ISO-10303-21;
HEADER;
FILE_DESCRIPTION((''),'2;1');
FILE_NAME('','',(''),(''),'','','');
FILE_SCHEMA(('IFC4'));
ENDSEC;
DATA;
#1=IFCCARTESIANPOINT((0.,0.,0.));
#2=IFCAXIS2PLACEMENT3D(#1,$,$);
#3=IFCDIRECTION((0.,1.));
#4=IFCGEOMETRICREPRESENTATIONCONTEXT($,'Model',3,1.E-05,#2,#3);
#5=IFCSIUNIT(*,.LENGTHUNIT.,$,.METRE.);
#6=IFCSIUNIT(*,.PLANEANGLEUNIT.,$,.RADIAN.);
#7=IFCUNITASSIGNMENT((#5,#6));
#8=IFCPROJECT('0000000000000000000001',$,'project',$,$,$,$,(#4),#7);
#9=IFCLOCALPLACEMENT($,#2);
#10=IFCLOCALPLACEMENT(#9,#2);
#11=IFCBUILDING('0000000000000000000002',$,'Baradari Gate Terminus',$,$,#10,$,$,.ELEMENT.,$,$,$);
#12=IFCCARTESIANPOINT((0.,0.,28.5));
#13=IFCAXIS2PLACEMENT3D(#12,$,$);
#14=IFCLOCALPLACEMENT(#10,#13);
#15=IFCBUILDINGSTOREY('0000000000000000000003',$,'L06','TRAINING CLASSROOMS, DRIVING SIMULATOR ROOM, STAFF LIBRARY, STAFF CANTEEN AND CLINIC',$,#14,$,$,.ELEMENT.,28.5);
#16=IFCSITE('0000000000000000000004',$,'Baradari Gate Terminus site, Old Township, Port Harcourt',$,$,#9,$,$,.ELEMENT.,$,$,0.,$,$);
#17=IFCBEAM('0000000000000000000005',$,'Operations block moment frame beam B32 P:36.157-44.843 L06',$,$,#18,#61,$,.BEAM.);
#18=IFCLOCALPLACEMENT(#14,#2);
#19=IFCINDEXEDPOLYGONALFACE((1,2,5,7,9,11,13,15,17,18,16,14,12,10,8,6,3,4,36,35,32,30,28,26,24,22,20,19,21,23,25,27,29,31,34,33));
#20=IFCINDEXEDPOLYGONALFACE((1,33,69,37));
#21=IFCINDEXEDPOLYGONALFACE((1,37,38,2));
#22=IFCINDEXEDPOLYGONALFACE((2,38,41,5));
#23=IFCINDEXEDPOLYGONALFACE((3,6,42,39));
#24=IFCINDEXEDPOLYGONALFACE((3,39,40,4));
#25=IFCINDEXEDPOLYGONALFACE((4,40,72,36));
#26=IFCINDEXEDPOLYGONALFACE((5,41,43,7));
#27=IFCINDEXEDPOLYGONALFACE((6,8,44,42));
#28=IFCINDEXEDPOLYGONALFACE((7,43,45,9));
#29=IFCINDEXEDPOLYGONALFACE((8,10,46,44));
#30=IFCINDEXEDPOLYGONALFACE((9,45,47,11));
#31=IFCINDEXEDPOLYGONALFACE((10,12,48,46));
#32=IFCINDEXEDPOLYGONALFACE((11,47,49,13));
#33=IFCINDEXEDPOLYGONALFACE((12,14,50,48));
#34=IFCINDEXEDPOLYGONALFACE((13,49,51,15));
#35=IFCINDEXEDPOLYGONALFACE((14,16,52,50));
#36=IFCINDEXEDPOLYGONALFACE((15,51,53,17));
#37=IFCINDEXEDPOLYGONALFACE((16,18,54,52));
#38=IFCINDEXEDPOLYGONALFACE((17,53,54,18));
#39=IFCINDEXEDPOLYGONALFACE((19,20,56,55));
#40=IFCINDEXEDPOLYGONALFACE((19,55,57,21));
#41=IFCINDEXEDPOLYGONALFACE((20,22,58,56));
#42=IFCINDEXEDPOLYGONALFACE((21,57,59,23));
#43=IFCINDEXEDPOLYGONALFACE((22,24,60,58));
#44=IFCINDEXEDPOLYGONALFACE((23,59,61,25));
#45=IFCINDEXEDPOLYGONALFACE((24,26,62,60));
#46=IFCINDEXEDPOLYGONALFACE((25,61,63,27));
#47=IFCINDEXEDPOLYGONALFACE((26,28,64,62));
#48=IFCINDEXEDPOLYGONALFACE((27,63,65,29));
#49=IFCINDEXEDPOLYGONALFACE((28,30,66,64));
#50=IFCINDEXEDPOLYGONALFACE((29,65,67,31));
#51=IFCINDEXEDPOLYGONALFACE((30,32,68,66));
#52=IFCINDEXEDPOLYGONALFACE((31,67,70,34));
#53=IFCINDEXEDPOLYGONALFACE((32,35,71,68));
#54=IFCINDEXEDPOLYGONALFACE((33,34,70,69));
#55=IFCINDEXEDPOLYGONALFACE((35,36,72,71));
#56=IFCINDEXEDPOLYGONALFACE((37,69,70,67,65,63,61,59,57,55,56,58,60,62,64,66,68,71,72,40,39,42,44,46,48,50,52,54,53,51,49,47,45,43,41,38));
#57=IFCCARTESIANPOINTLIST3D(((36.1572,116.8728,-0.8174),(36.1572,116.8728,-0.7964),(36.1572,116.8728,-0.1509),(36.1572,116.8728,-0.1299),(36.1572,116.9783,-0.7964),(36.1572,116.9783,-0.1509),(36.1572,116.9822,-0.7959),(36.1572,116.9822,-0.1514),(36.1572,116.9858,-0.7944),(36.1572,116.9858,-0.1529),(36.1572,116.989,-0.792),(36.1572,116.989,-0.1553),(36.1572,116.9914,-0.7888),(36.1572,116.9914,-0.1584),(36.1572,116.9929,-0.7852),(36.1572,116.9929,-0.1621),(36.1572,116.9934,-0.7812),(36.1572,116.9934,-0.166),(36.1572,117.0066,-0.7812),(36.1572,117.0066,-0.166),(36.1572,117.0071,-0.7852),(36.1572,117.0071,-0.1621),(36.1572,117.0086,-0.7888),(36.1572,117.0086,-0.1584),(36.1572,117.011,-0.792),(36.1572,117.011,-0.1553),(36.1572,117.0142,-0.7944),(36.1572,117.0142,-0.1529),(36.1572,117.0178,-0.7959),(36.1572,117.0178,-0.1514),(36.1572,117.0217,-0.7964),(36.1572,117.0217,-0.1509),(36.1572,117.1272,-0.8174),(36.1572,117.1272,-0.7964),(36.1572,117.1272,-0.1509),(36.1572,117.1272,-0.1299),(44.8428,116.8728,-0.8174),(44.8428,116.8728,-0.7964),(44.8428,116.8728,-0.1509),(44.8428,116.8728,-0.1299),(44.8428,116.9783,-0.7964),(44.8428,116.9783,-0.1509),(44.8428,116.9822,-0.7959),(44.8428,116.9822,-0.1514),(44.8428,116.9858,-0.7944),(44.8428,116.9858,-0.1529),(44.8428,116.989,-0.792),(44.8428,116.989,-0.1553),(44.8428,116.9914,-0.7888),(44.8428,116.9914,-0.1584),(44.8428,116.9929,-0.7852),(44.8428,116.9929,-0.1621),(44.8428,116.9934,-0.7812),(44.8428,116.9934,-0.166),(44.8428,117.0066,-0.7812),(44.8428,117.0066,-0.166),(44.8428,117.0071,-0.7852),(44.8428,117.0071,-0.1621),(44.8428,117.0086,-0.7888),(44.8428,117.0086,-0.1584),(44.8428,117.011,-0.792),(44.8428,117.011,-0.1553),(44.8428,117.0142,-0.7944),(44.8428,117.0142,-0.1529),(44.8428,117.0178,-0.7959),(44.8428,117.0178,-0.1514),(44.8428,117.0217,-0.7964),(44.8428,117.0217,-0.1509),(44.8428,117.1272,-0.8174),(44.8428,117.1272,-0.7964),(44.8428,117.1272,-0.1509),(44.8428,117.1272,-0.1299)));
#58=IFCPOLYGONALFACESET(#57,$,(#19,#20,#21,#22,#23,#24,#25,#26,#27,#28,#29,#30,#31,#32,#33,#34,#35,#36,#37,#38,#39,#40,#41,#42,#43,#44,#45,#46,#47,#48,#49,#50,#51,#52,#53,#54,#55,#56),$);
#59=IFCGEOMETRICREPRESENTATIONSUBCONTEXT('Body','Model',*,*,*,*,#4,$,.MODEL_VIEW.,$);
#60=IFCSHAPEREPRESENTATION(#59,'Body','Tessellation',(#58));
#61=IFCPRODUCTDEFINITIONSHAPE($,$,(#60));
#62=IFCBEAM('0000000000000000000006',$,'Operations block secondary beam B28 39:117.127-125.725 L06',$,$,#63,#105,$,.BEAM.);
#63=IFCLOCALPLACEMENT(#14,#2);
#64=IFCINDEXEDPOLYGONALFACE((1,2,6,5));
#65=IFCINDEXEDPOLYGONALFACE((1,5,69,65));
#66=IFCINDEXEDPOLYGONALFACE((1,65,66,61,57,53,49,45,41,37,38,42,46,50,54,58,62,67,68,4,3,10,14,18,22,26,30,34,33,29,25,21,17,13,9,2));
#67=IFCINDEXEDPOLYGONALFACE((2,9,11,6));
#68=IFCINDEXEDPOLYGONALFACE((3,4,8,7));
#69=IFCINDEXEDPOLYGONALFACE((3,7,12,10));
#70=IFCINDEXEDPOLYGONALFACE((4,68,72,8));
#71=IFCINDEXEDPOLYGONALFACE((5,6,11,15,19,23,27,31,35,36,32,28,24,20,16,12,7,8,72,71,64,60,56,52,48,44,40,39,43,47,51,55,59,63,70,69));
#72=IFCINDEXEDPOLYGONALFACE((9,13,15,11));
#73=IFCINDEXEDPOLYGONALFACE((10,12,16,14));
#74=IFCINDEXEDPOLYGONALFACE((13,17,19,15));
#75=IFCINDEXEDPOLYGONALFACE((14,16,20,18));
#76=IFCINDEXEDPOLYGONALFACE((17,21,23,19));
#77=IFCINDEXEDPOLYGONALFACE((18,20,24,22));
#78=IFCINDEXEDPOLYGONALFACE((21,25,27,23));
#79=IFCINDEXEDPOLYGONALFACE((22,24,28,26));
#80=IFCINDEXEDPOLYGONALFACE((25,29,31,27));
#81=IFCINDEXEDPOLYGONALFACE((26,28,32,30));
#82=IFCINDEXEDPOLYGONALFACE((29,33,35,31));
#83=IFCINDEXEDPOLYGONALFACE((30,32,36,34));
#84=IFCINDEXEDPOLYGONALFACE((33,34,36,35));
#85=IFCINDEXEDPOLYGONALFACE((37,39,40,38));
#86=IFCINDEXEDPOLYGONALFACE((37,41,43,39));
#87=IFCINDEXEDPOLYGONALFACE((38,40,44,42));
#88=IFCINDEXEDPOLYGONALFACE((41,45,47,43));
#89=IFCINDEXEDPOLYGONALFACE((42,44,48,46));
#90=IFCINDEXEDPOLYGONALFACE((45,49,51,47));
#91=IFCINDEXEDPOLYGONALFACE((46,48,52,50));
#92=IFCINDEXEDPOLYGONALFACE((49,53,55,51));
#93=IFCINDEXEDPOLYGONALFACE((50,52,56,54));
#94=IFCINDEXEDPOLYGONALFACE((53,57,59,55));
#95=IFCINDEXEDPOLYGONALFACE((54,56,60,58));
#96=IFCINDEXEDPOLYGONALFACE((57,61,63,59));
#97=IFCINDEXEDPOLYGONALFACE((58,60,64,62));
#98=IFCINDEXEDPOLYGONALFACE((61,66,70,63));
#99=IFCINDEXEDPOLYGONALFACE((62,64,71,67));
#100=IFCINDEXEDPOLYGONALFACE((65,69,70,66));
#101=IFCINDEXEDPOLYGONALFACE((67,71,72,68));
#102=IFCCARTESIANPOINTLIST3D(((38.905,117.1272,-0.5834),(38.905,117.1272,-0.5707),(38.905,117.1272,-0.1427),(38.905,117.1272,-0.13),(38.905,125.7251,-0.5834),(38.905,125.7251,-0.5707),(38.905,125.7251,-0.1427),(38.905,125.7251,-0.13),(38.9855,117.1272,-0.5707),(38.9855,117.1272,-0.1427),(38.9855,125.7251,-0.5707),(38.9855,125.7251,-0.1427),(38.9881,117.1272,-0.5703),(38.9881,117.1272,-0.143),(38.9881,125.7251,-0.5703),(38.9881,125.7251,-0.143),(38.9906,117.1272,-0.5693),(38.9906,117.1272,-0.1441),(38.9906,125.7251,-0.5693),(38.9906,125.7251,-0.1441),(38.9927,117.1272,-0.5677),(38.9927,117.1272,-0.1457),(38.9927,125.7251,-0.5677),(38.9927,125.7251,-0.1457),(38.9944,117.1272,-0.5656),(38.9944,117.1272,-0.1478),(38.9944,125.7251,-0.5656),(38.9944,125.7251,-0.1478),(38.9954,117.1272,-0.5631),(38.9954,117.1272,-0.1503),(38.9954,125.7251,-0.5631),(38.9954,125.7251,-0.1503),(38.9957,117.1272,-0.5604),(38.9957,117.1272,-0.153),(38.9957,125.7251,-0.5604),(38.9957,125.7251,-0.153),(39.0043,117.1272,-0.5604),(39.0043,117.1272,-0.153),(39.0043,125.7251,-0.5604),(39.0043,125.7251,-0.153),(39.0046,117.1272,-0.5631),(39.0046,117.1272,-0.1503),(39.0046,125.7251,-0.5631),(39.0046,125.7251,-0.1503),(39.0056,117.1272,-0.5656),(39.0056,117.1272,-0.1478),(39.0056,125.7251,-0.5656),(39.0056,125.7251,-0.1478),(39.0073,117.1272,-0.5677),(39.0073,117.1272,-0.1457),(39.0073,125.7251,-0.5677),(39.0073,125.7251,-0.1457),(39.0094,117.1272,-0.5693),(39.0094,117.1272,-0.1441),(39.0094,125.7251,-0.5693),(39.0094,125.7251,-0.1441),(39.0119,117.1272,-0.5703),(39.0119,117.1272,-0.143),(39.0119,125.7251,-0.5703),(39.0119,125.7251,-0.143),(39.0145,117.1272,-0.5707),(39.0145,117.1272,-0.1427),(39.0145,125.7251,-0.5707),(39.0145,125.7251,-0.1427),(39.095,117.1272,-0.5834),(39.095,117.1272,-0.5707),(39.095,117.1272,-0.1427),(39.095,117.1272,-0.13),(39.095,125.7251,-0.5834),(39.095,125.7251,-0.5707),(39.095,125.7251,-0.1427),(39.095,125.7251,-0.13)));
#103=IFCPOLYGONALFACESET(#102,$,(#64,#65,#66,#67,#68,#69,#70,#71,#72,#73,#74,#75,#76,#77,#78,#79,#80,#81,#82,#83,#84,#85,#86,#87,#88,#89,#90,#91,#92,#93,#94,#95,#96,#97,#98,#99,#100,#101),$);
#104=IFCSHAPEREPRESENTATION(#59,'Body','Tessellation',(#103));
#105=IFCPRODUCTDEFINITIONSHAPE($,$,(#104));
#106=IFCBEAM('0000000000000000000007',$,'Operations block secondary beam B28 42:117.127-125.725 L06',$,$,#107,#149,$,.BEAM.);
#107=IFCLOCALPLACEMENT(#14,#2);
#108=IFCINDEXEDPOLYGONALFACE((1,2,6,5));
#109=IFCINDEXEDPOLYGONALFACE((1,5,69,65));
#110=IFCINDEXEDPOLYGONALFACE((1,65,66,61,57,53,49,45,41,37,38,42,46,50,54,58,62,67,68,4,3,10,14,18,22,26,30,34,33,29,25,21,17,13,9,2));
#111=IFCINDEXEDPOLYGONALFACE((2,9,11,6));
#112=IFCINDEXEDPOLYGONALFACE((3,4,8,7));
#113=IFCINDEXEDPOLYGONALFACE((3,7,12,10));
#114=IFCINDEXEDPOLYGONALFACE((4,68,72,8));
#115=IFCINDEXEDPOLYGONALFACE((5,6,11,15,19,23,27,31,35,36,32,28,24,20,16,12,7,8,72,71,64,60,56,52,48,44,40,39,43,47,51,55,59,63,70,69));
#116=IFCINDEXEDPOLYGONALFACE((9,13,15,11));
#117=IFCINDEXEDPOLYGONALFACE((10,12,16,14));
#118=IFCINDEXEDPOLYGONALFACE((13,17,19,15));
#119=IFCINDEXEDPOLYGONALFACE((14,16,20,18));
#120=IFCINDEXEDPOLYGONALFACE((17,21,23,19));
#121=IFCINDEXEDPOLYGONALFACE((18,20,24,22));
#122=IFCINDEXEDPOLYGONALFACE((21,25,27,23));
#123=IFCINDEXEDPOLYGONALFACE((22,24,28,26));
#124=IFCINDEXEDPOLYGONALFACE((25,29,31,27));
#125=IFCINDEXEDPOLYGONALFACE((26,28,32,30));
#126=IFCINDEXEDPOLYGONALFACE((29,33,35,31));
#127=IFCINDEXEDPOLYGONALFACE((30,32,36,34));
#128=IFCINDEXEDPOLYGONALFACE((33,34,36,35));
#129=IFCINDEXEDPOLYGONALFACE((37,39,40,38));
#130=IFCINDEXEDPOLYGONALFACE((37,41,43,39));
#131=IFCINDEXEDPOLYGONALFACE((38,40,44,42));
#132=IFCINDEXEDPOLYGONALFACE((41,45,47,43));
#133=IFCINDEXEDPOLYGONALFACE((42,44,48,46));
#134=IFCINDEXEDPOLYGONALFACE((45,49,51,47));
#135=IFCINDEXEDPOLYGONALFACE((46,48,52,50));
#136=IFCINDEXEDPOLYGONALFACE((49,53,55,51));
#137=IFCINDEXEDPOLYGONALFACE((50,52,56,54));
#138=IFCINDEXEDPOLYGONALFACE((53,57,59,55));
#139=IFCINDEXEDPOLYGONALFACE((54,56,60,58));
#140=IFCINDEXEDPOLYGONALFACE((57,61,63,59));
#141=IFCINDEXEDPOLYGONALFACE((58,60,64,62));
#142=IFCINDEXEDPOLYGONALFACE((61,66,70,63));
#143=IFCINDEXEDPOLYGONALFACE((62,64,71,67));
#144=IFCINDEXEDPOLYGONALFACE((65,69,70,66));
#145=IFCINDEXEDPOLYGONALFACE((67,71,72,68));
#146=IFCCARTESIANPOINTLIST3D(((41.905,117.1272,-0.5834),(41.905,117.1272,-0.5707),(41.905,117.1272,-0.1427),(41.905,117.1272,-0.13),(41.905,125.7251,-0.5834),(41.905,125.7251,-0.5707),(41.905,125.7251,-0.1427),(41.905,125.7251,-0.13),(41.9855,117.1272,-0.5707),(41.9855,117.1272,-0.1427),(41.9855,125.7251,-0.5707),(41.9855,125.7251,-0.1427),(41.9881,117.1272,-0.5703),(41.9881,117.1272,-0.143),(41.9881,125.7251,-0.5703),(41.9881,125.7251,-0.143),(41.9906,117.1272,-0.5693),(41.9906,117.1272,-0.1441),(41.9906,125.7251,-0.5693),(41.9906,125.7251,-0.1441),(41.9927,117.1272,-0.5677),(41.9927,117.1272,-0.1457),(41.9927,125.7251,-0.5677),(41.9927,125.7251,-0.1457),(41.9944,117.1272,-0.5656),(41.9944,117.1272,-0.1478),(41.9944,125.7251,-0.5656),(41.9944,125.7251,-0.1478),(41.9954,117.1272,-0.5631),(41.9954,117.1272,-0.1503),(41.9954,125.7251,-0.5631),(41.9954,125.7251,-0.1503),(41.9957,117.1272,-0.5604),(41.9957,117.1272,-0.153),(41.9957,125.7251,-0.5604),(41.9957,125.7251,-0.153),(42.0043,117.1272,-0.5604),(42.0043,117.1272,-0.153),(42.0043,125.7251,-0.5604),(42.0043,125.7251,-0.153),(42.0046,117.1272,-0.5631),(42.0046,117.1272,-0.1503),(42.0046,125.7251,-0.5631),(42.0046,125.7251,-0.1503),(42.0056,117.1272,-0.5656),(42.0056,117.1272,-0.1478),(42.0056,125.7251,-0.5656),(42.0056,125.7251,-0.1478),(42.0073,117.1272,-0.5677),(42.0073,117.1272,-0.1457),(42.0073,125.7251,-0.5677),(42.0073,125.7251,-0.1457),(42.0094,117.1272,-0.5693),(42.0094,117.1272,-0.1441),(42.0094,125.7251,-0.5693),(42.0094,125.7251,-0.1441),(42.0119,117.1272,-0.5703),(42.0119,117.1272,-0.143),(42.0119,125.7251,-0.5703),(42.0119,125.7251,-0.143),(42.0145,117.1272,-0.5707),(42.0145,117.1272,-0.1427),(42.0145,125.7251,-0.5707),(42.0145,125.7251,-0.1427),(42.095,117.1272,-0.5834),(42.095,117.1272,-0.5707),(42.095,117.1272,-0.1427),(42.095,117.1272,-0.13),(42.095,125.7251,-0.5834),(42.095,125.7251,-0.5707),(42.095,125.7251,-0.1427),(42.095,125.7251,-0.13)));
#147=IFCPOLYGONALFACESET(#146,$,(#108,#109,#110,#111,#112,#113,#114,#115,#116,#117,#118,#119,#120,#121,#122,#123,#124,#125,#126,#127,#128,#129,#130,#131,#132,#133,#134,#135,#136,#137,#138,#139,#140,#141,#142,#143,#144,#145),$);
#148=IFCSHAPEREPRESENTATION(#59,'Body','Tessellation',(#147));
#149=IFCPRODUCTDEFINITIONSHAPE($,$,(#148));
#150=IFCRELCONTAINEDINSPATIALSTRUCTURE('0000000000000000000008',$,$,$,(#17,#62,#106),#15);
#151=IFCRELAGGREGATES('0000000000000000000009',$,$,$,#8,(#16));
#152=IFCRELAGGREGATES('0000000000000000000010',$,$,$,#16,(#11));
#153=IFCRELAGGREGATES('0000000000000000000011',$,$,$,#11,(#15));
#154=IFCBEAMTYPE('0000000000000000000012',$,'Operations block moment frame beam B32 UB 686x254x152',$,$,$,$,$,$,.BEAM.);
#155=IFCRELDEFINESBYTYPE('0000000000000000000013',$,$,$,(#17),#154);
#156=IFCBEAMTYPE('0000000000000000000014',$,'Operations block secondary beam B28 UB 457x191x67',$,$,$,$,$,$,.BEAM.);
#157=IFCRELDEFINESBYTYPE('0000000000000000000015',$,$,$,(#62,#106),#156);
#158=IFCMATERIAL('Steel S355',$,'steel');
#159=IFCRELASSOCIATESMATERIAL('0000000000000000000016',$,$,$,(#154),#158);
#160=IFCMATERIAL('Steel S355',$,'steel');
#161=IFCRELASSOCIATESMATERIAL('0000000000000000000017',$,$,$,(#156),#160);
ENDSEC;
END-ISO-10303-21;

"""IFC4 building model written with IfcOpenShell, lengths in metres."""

from ifc_helpers import new_model, si_unit, direction, frame, origin, origin_2d, place, context, subcontext, project, spatial, i_section, extrude, material, material_profile, profile_set, type_object, element, save


model = new_model("IFC4")

# Units and contexts
model_context = context("Model", 3, precision=1e-05, world=origin(), true_north=direction((0.0, 1.0)))
body_context = subcontext(model_context, "Body", "Model", "MODEL_VIEW")
ifc_project = project(units=[si_unit("LENGTHUNIT", "METRE"), si_unit("PLANEANGLEUNIT", "RADIAN")], contexts=[model_context])

# Site, building, storey
site_placement = place(None, origin())
site = spatial("IfcSite", under=ifc_project, at=site_placement, Name="Baradari Gate Terminus site, Old Township, Port Harcourt", CompositionType="ELEMENT", RefElevation=0.0)
building_placement = place(site_placement, origin())
building = spatial("IfcBuilding", under=site, at=building_placement, Name="Baradari Gate Terminus", CompositionType="ELEMENT")
storey_placement = place(building_placement, frame((0.0, 0.0, 28.5)))
storey = spatial("IfcBuildingStorey", under=building, at=storey_placement, Name="L06", Description="TRAINING CLASSROOMS, DRIVING SIMULATOR ROOM, STAFF LIBRARY, STAFF CANTEEN AND CLINIC", CompositionType="ELEMENT", Elevation=28.5)

# Beams
ifc_material_1 = material(Name="Steel S355", Category="steel")
ifc_material_profile_1 = material_profile(ifc_material_1, i_section(OverallWidth=0.2544, OverallDepth=0.6875, WebThickness=0.0132, FlangeThickness=0.021, FilletRadius=0.0151, at=origin_2d()), Name="UB 686x254x152")
ifc_profile_set_1 = profile_set([ifc_material_profile_1], Name="Steel S355")
beam_type_1 = type_object("IfcBeamType", Name="Operations block moment frame beam B32 UB 686x254x152", PredefinedType="BEAM", material=ifc_profile_set_1)
beam_1_placement = place(storey_placement, frame((36.1572, 117.0, -0.4736), z_axis=(1.0, 0.0, 0.0), x_axis=(0.0, 1.0, 0.0)))
element("IfcBeam", 1, at=beam_1_placement, inside=storey, type_object=beam_type_1, Name="Operations block moment frame beam B32 P:36.157-44.843 L06", PredefinedType="BEAM", context=body_context, shape_type="SweptSolid", body=[
    extrude(i_section(OverallWidth=0.2544, OverallDepth=0.6875, WebThickness=0.0132, FlangeThickness=0.021, FilletRadius=0.0151, at=origin_2d()), origin(), (0.0, 0.0, 1.0), 8.6855),
])
ifc_material_2 = material(Name="Steel S355", Category="steel")
ifc_material_profile_2 = material_profile(ifc_material_2, i_section(OverallWidth=0.1899, OverallDepth=0.4534, WebThickness=0.0085, FlangeThickness=0.0127, FilletRadius=0.0103, at=origin_2d()), Name="UB 457x191x67")
ifc_profile_set_2 = profile_set([ifc_material_profile_2], Name="Steel S355")
beam_type_2 = type_object("IfcBeamType", Name="Operations block secondary beam B28 UB 457x191x67", PredefinedType="BEAM", material=ifc_profile_set_2)
for number, where, z_axis, x_axis, name in (
    (2, (39.0, 117.1272, -0.3567), (0.0, 1.0, 0.0), (-1.0, 0.0, 0.0), "Operations block secondary beam B28 39:117.127-125.725 L06"),
    (3, (42.0, 117.1272, -0.3567), (0.0, 1.0, 0.0), (-1.0, 0.0, 0.0), "Operations block secondary beam B28 42:117.127-125.725 L06"),
):
    element("IfcBeam", number, at=place(storey_placement, frame(where, z_axis=z_axis, x_axis=x_axis)), inside=storey, type_object=beam_type_2, Name=name, PredefinedType="BEAM", context=body_context, shape_type="SweptSolid", body=[
        extrude(i_section(OverallWidth=0.1899, OverallDepth=0.4534, WebThickness=0.0085, FlangeThickness=0.0127, FilletRadius=0.0103, at=origin_2d()), origin(), (0.0, 0.0, 1.0), 8.5979),
    ])

save(model, "model.ifc")
